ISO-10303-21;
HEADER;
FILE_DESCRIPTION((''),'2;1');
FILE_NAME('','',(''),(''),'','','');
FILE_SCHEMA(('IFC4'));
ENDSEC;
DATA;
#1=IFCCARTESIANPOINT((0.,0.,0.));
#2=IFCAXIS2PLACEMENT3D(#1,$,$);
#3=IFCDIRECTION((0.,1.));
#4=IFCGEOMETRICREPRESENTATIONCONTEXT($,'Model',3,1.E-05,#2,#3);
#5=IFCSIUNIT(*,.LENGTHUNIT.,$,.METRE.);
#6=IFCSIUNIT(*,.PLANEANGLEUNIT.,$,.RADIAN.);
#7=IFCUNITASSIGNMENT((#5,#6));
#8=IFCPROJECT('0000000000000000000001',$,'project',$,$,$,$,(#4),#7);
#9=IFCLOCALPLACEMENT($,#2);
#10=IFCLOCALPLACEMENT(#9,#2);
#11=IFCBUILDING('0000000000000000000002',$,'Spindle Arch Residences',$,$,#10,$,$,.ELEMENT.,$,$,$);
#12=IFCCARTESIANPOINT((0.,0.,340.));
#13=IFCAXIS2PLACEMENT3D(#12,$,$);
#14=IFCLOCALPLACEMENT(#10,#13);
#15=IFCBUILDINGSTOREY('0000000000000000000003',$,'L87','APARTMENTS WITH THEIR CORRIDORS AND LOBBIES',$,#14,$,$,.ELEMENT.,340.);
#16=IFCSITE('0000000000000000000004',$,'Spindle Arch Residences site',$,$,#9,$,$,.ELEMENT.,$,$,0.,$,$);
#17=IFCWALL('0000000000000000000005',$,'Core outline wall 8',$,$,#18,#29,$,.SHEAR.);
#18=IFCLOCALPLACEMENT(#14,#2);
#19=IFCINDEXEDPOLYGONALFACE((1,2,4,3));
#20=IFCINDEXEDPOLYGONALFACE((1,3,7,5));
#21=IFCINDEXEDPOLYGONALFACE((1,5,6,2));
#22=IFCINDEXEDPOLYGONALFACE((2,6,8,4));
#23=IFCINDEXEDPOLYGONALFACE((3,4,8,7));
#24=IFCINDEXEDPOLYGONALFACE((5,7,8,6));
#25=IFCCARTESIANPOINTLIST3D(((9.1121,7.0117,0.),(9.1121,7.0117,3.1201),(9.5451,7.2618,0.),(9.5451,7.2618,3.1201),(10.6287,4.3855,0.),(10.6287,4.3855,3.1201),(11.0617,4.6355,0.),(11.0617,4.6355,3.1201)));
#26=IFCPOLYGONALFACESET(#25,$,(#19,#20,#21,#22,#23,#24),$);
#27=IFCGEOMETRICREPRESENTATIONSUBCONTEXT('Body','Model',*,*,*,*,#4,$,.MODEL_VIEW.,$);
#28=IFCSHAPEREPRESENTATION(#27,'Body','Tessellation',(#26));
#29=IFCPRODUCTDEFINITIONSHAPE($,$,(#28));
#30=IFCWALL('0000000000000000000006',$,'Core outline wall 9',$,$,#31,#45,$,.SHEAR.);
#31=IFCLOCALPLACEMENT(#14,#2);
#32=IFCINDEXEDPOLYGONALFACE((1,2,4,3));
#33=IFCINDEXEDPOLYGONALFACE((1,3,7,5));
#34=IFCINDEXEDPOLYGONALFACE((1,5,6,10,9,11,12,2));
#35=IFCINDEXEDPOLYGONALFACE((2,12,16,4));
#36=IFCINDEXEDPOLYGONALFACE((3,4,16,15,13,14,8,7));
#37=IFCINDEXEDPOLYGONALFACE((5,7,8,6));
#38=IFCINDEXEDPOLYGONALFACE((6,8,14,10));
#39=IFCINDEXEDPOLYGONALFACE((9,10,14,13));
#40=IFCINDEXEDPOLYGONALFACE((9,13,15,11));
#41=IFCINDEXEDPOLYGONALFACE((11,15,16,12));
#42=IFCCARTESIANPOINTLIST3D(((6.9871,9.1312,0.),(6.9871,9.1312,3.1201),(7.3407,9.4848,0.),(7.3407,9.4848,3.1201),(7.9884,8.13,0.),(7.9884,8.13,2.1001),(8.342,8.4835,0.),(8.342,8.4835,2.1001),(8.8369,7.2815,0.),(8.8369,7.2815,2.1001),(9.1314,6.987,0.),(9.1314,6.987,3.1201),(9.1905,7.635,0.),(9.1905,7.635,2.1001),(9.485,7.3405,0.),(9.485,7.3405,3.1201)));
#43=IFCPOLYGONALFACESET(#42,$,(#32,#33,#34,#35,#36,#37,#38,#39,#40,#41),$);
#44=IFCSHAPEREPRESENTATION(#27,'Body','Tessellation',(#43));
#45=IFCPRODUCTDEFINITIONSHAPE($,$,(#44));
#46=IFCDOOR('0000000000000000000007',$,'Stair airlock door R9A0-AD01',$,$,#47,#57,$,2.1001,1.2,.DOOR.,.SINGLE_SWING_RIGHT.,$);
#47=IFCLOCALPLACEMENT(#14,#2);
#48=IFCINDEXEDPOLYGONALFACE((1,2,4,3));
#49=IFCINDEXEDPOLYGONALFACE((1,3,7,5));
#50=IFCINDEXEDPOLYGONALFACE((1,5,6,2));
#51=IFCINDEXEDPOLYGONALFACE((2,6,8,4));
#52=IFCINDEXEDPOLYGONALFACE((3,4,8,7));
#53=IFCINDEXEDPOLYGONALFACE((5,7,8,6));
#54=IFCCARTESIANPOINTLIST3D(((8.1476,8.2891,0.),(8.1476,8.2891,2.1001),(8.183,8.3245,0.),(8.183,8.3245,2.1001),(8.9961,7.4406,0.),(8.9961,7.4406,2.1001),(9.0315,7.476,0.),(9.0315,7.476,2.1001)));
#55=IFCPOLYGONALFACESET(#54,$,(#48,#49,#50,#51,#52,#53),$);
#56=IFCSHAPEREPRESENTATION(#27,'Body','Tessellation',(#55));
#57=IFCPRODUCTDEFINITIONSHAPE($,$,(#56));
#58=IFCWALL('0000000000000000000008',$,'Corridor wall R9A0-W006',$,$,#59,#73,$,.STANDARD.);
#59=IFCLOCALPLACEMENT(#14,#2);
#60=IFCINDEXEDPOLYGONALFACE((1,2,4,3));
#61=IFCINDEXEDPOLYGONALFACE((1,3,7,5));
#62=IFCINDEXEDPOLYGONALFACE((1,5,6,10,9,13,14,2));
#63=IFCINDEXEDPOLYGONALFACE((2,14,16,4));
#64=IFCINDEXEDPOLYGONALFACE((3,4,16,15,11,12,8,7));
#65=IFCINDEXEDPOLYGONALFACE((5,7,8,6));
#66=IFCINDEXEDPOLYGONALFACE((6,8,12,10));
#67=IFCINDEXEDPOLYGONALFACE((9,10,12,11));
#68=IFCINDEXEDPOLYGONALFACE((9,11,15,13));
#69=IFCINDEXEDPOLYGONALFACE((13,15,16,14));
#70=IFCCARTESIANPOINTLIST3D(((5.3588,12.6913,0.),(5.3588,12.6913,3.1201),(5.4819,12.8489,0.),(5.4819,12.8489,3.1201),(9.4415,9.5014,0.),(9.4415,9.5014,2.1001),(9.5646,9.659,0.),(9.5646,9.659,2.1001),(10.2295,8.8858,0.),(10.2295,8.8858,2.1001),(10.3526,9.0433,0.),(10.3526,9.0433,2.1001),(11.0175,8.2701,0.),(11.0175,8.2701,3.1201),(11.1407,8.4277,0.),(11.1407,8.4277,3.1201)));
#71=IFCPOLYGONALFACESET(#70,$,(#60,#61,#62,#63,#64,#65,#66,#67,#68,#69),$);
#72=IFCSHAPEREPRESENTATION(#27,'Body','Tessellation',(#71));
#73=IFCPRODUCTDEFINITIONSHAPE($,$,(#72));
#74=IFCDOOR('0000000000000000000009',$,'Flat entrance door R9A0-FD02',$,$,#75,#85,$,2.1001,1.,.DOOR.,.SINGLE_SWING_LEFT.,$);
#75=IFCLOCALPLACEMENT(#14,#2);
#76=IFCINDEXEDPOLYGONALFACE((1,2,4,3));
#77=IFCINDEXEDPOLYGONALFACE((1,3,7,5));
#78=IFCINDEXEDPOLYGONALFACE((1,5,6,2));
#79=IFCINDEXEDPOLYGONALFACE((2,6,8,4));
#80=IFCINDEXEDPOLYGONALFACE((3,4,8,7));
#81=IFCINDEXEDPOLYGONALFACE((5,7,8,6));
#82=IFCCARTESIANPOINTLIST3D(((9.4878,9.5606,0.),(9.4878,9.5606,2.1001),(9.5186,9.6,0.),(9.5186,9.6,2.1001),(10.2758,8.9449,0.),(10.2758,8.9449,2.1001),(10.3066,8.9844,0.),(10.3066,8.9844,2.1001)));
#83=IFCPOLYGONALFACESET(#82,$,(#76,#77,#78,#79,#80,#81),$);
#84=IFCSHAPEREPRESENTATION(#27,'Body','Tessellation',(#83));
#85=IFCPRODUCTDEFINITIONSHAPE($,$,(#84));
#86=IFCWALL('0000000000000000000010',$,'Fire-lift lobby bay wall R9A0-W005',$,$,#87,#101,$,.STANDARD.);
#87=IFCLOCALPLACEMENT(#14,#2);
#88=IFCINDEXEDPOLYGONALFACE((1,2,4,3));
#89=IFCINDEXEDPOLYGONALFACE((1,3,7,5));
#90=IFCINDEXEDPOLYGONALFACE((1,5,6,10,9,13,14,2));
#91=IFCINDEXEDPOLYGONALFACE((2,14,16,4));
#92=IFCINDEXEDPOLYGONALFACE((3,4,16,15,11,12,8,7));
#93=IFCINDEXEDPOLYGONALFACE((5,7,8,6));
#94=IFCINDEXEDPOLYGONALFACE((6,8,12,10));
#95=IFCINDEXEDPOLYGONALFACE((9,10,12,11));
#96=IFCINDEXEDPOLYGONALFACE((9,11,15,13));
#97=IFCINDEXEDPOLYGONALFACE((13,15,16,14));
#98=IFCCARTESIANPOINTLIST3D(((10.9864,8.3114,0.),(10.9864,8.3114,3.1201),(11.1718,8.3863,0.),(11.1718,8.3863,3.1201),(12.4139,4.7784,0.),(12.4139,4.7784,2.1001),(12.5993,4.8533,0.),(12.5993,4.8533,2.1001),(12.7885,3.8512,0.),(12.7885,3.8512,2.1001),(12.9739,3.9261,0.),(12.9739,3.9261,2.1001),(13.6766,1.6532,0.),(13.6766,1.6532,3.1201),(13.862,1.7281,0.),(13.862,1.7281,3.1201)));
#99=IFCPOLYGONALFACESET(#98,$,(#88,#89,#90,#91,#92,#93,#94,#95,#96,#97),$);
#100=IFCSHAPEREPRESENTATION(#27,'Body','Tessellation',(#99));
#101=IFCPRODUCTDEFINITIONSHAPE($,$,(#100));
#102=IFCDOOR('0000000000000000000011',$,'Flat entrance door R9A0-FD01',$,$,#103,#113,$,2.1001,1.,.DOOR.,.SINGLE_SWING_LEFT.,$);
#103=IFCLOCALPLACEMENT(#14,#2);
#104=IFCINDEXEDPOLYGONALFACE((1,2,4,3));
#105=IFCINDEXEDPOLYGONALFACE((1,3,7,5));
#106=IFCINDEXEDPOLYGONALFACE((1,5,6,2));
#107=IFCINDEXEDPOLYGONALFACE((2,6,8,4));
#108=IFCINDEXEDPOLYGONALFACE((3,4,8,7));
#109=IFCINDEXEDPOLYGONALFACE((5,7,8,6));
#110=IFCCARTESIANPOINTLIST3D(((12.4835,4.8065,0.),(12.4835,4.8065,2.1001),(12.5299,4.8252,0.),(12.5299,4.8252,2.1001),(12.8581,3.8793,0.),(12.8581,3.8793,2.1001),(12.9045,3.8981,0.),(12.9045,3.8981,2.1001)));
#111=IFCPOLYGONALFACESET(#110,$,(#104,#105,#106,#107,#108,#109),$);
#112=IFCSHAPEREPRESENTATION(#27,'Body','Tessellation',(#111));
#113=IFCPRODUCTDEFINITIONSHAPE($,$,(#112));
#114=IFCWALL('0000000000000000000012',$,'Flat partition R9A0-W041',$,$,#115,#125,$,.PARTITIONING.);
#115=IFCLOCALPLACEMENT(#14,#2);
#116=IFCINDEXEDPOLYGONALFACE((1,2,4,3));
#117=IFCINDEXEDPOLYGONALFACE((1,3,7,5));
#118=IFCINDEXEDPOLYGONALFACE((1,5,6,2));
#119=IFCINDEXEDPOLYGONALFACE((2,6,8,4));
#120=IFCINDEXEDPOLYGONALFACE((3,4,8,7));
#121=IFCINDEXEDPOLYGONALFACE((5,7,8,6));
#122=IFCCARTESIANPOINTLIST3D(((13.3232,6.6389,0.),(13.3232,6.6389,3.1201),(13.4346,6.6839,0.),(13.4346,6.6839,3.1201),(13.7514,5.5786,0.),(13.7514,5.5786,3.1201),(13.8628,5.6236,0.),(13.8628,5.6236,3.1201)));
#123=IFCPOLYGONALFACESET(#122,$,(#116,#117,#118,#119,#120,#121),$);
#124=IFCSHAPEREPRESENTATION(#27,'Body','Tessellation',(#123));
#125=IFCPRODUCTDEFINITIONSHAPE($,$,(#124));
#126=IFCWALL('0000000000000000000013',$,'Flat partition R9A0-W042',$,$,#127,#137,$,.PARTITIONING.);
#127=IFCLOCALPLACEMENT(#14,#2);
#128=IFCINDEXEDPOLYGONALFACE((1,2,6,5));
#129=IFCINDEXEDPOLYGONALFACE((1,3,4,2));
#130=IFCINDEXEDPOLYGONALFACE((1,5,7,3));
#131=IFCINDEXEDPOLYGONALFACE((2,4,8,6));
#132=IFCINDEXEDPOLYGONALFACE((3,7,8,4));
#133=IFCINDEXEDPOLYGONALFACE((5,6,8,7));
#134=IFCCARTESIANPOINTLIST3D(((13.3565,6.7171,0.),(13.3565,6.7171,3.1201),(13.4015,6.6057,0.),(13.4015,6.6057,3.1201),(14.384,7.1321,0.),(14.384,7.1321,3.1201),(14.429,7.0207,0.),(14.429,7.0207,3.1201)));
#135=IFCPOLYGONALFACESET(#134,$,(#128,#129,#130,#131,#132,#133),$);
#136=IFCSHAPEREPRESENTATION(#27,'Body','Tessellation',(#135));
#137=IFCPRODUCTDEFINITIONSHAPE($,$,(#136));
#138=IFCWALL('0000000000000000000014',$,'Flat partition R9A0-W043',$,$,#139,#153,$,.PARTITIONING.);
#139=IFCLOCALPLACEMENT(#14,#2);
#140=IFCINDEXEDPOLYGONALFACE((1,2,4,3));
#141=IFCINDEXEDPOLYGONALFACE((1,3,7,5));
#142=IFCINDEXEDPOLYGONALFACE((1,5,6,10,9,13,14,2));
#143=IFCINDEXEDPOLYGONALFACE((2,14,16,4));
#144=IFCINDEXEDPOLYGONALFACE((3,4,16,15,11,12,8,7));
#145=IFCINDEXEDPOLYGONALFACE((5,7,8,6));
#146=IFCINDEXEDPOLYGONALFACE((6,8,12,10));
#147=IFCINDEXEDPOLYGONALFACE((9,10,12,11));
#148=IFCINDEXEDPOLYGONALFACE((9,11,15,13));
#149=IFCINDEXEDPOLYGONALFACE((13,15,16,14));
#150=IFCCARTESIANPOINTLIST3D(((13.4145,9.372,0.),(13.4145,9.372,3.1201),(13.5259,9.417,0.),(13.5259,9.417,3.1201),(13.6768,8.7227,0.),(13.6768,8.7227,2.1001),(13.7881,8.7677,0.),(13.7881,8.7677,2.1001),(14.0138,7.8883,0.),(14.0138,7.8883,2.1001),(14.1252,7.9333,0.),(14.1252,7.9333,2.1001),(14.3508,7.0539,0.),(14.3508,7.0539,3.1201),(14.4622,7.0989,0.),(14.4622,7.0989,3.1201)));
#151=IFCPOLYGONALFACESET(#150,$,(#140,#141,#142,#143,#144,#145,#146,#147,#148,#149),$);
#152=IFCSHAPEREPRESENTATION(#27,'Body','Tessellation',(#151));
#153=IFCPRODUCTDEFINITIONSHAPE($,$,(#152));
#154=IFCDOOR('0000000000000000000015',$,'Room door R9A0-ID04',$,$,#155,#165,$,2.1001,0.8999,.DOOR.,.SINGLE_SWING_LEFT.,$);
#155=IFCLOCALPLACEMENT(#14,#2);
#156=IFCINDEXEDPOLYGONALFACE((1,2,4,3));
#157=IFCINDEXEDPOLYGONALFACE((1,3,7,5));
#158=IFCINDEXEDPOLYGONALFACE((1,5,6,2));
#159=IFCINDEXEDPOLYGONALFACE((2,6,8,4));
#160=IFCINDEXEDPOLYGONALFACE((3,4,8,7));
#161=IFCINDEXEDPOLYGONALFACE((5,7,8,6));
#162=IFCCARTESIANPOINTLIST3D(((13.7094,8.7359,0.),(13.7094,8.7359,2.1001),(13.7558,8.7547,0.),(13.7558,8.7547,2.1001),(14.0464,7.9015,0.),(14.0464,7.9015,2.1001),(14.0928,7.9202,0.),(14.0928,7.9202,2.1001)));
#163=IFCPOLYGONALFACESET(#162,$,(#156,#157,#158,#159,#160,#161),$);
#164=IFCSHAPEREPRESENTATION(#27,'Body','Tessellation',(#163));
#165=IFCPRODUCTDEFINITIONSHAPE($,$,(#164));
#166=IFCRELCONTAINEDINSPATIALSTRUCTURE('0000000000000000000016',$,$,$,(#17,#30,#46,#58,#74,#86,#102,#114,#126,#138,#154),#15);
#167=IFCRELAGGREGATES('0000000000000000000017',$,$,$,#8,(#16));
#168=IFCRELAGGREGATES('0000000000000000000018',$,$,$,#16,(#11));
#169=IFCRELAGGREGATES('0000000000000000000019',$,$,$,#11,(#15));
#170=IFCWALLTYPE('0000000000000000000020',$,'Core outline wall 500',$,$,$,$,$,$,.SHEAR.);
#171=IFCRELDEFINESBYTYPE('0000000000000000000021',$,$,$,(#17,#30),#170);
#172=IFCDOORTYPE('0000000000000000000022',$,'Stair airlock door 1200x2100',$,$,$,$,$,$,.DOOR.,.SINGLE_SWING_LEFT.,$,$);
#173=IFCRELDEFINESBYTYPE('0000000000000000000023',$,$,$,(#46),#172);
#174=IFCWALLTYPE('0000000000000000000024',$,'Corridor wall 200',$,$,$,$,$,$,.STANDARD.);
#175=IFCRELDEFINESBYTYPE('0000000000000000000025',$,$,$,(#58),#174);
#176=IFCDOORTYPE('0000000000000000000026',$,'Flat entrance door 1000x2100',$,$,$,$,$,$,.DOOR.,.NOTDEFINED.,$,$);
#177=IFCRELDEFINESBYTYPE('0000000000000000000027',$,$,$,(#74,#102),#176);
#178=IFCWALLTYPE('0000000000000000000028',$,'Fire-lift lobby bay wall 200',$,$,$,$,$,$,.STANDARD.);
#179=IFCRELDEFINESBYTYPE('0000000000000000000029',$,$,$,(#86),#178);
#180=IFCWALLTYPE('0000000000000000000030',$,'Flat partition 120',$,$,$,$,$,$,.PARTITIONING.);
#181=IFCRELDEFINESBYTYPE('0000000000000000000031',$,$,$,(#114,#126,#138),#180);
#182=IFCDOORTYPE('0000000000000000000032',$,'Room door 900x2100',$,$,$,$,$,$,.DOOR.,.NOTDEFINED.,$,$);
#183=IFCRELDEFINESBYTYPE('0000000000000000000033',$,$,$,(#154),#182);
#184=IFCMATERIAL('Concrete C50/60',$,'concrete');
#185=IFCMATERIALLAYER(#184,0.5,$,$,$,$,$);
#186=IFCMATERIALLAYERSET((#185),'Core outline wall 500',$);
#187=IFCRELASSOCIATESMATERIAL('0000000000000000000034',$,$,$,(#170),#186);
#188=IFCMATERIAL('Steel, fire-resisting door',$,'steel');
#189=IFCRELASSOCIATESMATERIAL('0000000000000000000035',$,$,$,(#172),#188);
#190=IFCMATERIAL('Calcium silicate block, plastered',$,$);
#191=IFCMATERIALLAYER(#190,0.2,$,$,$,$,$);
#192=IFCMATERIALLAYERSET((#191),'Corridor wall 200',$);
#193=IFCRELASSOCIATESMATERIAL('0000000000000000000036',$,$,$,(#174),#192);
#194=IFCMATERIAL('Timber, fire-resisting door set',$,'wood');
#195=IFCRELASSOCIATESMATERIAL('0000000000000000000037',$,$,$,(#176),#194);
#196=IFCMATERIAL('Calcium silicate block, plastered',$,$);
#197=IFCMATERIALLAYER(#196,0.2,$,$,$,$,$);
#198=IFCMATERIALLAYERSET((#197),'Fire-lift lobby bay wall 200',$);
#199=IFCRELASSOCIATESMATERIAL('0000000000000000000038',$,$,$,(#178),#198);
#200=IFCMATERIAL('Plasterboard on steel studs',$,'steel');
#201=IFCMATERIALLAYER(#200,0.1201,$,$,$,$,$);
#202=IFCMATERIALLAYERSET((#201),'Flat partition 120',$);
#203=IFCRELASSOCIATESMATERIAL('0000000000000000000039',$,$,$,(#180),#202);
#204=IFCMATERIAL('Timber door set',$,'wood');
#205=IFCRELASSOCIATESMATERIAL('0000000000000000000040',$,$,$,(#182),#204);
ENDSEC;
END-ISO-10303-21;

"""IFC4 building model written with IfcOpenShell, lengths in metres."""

from ifc_helpers import new_model, si_unit, direction, frame, frame_2d, origin, place, context, subcontext, project, spatial, rectangle, extrude, material, layer, layer_set, type_object, element, fill, save


model = new_model("IFC4")

# Units and contexts
model_context = context("Model", 3, precision=1e-05, world=origin(), true_north=direction((0.0, 1.0)))
body_context = subcontext(model_context, "Body", "Model", "MODEL_VIEW")
ifc_project = project(units=[si_unit("LENGTHUNIT", "METRE"), si_unit("PLANEANGLEUNIT", "RADIAN")], contexts=[model_context])

# Site, building, storey
site_placement = place(None, origin())
site = spatial("IfcSite", under=ifc_project, at=site_placement, Name="Spindle Arch Residences site", CompositionType="ELEMENT", RefElevation=0.0)
building_placement = place(site_placement, origin())
building = spatial("IfcBuilding", under=site, at=building_placement, Name="Spindle Arch Residences", CompositionType="ELEMENT")
storey_placement = place(building_placement, frame((0.0, 0.0, 340.0)))
storey = spatial("IfcBuildingStorey", under=building, at=storey_placement, Name="L87", Description="APARTMENTS WITH THEIR CORRIDORS AND LOBBIES", CompositionType="ELEMENT", Elevation=340.0)

# Wall
ifc_material_1 = material(Name="Concrete C50/60", Category="concrete")
ifc_layer_1 = layer(ifc_material_1, 0.5)
ifc_layer_set_1 = layer_set([ifc_layer_1], Name="Core outline wall 500")
wall_type_1 = type_object("IfcWallType", Name="Core outline wall 500", PredefinedType="SHEAR", material=ifc_layer_set_1)
wall_1_placement = place(storey_placement, frame((10.8452, 4.5105, 0.0), z_axis=(0.0, 0.0, 1.0), x_axis=(-0.500087, 0.865975, 0.0)))
element("IfcWall", 1, at=wall_1_placement, inside=storey, type_object=wall_type_1, Name="Core outline wall 8", PredefinedType="SHEAR", context=body_context, shape_type="SweptSolid", body=[
    extrude(rectangle(XDim=3.0327, YDim=0.5, at=frame_2d((1.5164, 0.0))), origin(), (0.0, 0.0, 1.0), 3.1201),
])

# Walls, openings, doors
wall_2_placement = place(storey_placement, frame((9.3081, 7.1638, 0.0), z_axis=(0.0, 0.0, 1.0), x_axis=(-0.707107, 0.707107, 0.0)))
wall_2 = element("IfcWall", 2, at=wall_2_placement, inside=storey, type_object=wall_type_1, Name="Core outline wall 9", PredefinedType="SHEAR", context=body_context, shape_type="SweptSolid", body=[
    extrude(rectangle(XDim=3.0325, YDim=0.5, at=frame_2d((1.5161, 0.0))), origin(), (0.0, 0.0, 1.0), 3.1201),
])
opening_1_placement = place(wall_2_placement, frame((0.4163, 0.0, 0.0)))
opening_1 = element("IfcOpeningElement", 3, at=opening_1_placement, cuts=wall_2, PredefinedType="OPENING", context=body_context, shape_type="SweptSolid", body=[
    extrude(rectangle(XDim=1.2, YDim=2.1001, at=frame_2d((0.6001, 1.05))), frame((0.0, 0.26, 0.0), z_axis=(0.0, -1.0, 0.0), x_axis=(1.0, 0.0, 0.0)), (0.0, 0.0, 1.0), 0.52),
])
ifc_material_2 = material(Name="Steel, fire-resisting door", Category="steel")
door_type_1 = type_object("IfcDoorType", Name="Stair airlock door 1200x2100", OperationType="SINGLE_SWING_LEFT", PredefinedType="DOOR", material=ifc_material_2)
door_1_placement = place(opening_1_placement, origin())
door_1 = element("IfcDoor", 4, at=door_1_placement, inside=storey, type_object=door_type_1, Name="Stair airlock door R9A0-AD01", OperationType="SINGLE_SWING_RIGHT", OverallHeight=2.1001, OverallWidth=1.2, PredefinedType="DOOR", context=body_context, shape_type="SweptSolid", body=[
    extrude(rectangle(XDim=1.2, YDim=2.1001, at=frame_2d((0.6001, 1.05))), frame((0.0, 0.0249, 0.0), z_axis=(0.0, -1.0, 0.0), x_axis=(1.0, 0.0, 0.0)), (0.0, 0.0, 1.0), 0.05),
])
fill(opening_1, door_1)
ifc_material_3 = material(Name="Calcium silicate block, plastered")
ifc_layer_2 = layer(ifc_material_3, 0.2)
ifc_layer_set_2 = layer_set([ifc_layer_2], Name="Corridor wall 200")
wall_type_2 = type_object("IfcWallType", Name="Corridor wall 200", PredefinedType="STANDARD", material=ifc_layer_set_2)
wall_3_placement = place(storey_placement, frame((11.0791, 8.3489, 0.0), z_axis=(0.0, 0.0, 1.0), x_axis=(-0.788005, 0.615669, 0.0)))
wall_3 = element("IfcWall", 5, at=wall_3_placement, inside=storey, type_object=wall_type_2, Name="Corridor wall R9A0-W006", PredefinedType="STANDARD", context=body_context, shape_type="SweptSolid", body=[
    extrude(rectangle(XDim=7.1812, YDim=0.2, at=frame_2d((3.5906, 0.0))), origin(), (0.0, 0.0, 1.0), 3.1201),
])
opening_2_placement = place(wall_3_placement, frame((1.0, 0.0, 0.0)))
opening_2 = element("IfcOpeningElement", 6, at=opening_2_placement, cuts=wall_3, PredefinedType="OPENING", context=body_context, shape_type="SweptSolid", body=[
    extrude(rectangle(XDim=1.0, YDim=2.1001, at=frame_2d((0.5, 1.05))), frame((0.0, 0.1099, 0.0), z_axis=(0.0, -1.0, 0.0), x_axis=(1.0, 0.0, 0.0)), (0.0, 0.0, 1.0), 0.22),
])
ifc_material_4 = material(Name="Timber, fire-resisting door set", Category="wood")
door_type_2 = type_object("IfcDoorType", Name="Flat entrance door 1000x2100", OperationType="NOTDEFINED", PredefinedType="DOOR", material=ifc_material_4)
door_2_placement = place(opening_2_placement, origin())
door_2 = element("IfcDoor", 7, at=door_2_placement, inside=storey, type_object=door_type_2, Name="Flat entrance door R9A0-FD02", OperationType="SINGLE_SWING_LEFT", OverallHeight=2.1001, OverallWidth=1.0, PredefinedType="DOOR", context=body_context, shape_type="SweptSolid", body=[
    extrude(rectangle(XDim=1.0, YDim=2.1001, at=frame_2d((0.5, 1.05))), frame((0.0, 0.0249, 0.0), z_axis=(0.0, -1.0, 0.0), x_axis=(1.0, 0.0, 0.0)), (0.0, 0.0, 1.0), 0.05),
])
fill(opening_2, door_2)
ifc_material_5 = material(Name="Calcium silicate block, plastered")
ifc_layer_3 = layer(ifc_material_5, 0.2)
ifc_layer_set_3 = layer_set([ifc_layer_3], Name="Fire-lift lobby bay wall 200")
wall_type_3 = type_object("IfcWallType", Name="Fire-lift lobby bay wall 200", PredefinedType="STANDARD", material=ifc_layer_set_3)
wall_4_placement = place(storey_placement, frame((13.7693, 1.6907, 0.0), z_axis=(0.0, 0.0, 1.0), x_axis=(-0.374618, 0.927179, 0.0)))
wall_4 = element("IfcWall", 8, at=wall_4_placement, inside=storey, type_object=wall_type_3, Name="Fire-lift lobby bay wall R9A0-W005", PredefinedType="STANDARD", context=body_context, shape_type="SweptSolid", body=[
    extrude(rectangle(XDim=7.1812, YDim=0.2, at=frame_2d((3.5906, 0.0))), origin(), (0.0, 0.0, 1.0), 3.1201),
])
opening_3_placement = place(wall_4_placement, frame((2.3706, 0.0, 0.0)))
opening_3 = element("IfcOpeningElement", 9, at=opening_3_placement, cuts=wall_4, PredefinedType="OPENING", context=body_context, shape_type="SweptSolid", body=[
    extrude(rectangle(XDim=1.0, YDim=2.1001, at=frame_2d((0.5, 1.05))), frame((0.0, 0.1099, 0.0), z_axis=(0.0, -1.0, 0.0), x_axis=(1.0, 0.0, 0.0)), (0.0, 0.0, 1.0), 0.22),
])
door_3_placement = place(opening_3_placement, origin())
door_3 = element("IfcDoor", 10, at=door_3_placement, inside=storey, type_object=door_type_2, Name="Flat entrance door R9A0-FD01", OperationType="SINGLE_SWING_LEFT", OverallHeight=2.1001, OverallWidth=1.0, PredefinedType="DOOR", context=body_context, shape_type="SweptSolid", body=[
    extrude(rectangle(XDim=1.0, YDim=2.1001, at=frame_2d((0.5, 1.05))), frame((0.0, 0.0249, 0.0), z_axis=(0.0, -1.0, 0.0), x_axis=(1.0, 0.0, 0.0)), (0.0, 0.0, 1.0), 0.05),
])
fill(opening_3, door_3)

# Walls
ifc_material_6 = material(Name="Plasterboard on steel studs", Category="steel")
ifc_layer_4 = layer(ifc_material_6, 0.1201)
ifc_layer_set_4 = layer_set([ifc_layer_4], Name="Flat partition 120")
wall_type_4 = type_object("IfcWallType", Name="Flat partition 120", PredefinedType="PARTITIONING", material=ifc_layer_set_4)
wall_5_placement = place(storey_placement, frame((13.8071, 5.6011, 0.0), z_axis=(0.0, 0.0, 1.0), x_axis=(-0.374481, 0.927235, 0.0)))
element("IfcWall", 11, at=wall_5_placement, inside=storey, type_object=wall_type_4, Name="Flat partition R9A0-W041", PredefinedType="PARTITIONING", context=body_context, shape_type="SweptSolid", body=[
    extrude(rectangle(XDim=1.1436, YDim=0.1201, at=frame_2d((0.5718, 0.0))), origin(), (0.0, 0.0, 1.0), 3.1201),
])
wall_6_placement = place(storey_placement, frame((13.3789, 6.6614, 0.0), z_axis=(0.0, 0.0, 1.0), x_axis=(0.927226, 0.374503, 0.0)))
element("IfcWall", 12, at=wall_6_placement, inside=storey, type_object=wall_type_4, Name="Flat partition R9A0-W042", PredefinedType="PARTITIONING", context=body_context, shape_type="SweptSolid", body=[
    extrude(rectangle(XDim=1.1082, YDim=0.1201, at=frame_2d((0.5542, 0.0))), origin(), (0.0, 0.0, 1.0), 3.1201),
])

# Wall, opening, door
wall_7_placement = place(storey_placement, frame((14.4065, 7.0764, 0.0), z_axis=(0.0, 0.0, 1.0), x_axis=(-0.374503, 0.927226, 0.0)))
wall_7 = element("IfcWall", 13, at=wall_7_placement, inside=storey, type_object=wall_type_4, Name="Flat partition R9A0-W043", PredefinedType="PARTITIONING", context=body_context, shape_type="SweptSolid", body=[
    extrude(rectangle(XDim=2.5, YDim=0.1201, at=frame_2d((1.25, 0.0))), origin(), (0.0, 0.0, 1.0), 3.1201),
])
opening_4_placement = place(wall_7_placement, frame((0.8999, 0.0, 0.0)))
opening_4 = element("IfcOpeningElement", 14, at=opening_4_placement, cuts=wall_7, PredefinedType="OPENING", context=body_context, shape_type="SweptSolid", body=[
    extrude(rectangle(XDim=0.8999, YDim=2.1001, at=frame_2d((0.45, 1.05))), frame((0.0, 0.0701, 0.0), z_axis=(0.0, -1.0, 0.0), x_axis=(1.0, 0.0, 0.0)), (0.0, 0.0, 1.0), 0.1401),
])
ifc_material_7 = material(Name="Timber door set", Category="wood")
door_type_3 = type_object("IfcDoorType", Name="Room door 900x2100", OperationType="NOTDEFINED", PredefinedType="DOOR", material=ifc_material_7)
door_4_placement = place(opening_4_placement, origin())
door_4 = element("IfcDoor", 15, at=door_4_placement, inside=storey, type_object=door_type_3, Name="Room door R9A0-ID04", OperationType="SINGLE_SWING_LEFT", OverallHeight=2.1001, OverallWidth=0.8999, PredefinedType="DOOR", context=body_context, shape_type="SweptSolid", body=[
    extrude(rectangle(XDim=0.8999, YDim=2.1001, at=frame_2d((0.45, 1.05))), frame((0.0, 0.0249, 0.0), z_axis=(0.0, -1.0, 0.0), x_axis=(1.0, 0.0, 0.0)), (0.0, 0.0, 1.0), 0.05),
])
fill(opening_4, door_4)

save(model, "model.ifc")
